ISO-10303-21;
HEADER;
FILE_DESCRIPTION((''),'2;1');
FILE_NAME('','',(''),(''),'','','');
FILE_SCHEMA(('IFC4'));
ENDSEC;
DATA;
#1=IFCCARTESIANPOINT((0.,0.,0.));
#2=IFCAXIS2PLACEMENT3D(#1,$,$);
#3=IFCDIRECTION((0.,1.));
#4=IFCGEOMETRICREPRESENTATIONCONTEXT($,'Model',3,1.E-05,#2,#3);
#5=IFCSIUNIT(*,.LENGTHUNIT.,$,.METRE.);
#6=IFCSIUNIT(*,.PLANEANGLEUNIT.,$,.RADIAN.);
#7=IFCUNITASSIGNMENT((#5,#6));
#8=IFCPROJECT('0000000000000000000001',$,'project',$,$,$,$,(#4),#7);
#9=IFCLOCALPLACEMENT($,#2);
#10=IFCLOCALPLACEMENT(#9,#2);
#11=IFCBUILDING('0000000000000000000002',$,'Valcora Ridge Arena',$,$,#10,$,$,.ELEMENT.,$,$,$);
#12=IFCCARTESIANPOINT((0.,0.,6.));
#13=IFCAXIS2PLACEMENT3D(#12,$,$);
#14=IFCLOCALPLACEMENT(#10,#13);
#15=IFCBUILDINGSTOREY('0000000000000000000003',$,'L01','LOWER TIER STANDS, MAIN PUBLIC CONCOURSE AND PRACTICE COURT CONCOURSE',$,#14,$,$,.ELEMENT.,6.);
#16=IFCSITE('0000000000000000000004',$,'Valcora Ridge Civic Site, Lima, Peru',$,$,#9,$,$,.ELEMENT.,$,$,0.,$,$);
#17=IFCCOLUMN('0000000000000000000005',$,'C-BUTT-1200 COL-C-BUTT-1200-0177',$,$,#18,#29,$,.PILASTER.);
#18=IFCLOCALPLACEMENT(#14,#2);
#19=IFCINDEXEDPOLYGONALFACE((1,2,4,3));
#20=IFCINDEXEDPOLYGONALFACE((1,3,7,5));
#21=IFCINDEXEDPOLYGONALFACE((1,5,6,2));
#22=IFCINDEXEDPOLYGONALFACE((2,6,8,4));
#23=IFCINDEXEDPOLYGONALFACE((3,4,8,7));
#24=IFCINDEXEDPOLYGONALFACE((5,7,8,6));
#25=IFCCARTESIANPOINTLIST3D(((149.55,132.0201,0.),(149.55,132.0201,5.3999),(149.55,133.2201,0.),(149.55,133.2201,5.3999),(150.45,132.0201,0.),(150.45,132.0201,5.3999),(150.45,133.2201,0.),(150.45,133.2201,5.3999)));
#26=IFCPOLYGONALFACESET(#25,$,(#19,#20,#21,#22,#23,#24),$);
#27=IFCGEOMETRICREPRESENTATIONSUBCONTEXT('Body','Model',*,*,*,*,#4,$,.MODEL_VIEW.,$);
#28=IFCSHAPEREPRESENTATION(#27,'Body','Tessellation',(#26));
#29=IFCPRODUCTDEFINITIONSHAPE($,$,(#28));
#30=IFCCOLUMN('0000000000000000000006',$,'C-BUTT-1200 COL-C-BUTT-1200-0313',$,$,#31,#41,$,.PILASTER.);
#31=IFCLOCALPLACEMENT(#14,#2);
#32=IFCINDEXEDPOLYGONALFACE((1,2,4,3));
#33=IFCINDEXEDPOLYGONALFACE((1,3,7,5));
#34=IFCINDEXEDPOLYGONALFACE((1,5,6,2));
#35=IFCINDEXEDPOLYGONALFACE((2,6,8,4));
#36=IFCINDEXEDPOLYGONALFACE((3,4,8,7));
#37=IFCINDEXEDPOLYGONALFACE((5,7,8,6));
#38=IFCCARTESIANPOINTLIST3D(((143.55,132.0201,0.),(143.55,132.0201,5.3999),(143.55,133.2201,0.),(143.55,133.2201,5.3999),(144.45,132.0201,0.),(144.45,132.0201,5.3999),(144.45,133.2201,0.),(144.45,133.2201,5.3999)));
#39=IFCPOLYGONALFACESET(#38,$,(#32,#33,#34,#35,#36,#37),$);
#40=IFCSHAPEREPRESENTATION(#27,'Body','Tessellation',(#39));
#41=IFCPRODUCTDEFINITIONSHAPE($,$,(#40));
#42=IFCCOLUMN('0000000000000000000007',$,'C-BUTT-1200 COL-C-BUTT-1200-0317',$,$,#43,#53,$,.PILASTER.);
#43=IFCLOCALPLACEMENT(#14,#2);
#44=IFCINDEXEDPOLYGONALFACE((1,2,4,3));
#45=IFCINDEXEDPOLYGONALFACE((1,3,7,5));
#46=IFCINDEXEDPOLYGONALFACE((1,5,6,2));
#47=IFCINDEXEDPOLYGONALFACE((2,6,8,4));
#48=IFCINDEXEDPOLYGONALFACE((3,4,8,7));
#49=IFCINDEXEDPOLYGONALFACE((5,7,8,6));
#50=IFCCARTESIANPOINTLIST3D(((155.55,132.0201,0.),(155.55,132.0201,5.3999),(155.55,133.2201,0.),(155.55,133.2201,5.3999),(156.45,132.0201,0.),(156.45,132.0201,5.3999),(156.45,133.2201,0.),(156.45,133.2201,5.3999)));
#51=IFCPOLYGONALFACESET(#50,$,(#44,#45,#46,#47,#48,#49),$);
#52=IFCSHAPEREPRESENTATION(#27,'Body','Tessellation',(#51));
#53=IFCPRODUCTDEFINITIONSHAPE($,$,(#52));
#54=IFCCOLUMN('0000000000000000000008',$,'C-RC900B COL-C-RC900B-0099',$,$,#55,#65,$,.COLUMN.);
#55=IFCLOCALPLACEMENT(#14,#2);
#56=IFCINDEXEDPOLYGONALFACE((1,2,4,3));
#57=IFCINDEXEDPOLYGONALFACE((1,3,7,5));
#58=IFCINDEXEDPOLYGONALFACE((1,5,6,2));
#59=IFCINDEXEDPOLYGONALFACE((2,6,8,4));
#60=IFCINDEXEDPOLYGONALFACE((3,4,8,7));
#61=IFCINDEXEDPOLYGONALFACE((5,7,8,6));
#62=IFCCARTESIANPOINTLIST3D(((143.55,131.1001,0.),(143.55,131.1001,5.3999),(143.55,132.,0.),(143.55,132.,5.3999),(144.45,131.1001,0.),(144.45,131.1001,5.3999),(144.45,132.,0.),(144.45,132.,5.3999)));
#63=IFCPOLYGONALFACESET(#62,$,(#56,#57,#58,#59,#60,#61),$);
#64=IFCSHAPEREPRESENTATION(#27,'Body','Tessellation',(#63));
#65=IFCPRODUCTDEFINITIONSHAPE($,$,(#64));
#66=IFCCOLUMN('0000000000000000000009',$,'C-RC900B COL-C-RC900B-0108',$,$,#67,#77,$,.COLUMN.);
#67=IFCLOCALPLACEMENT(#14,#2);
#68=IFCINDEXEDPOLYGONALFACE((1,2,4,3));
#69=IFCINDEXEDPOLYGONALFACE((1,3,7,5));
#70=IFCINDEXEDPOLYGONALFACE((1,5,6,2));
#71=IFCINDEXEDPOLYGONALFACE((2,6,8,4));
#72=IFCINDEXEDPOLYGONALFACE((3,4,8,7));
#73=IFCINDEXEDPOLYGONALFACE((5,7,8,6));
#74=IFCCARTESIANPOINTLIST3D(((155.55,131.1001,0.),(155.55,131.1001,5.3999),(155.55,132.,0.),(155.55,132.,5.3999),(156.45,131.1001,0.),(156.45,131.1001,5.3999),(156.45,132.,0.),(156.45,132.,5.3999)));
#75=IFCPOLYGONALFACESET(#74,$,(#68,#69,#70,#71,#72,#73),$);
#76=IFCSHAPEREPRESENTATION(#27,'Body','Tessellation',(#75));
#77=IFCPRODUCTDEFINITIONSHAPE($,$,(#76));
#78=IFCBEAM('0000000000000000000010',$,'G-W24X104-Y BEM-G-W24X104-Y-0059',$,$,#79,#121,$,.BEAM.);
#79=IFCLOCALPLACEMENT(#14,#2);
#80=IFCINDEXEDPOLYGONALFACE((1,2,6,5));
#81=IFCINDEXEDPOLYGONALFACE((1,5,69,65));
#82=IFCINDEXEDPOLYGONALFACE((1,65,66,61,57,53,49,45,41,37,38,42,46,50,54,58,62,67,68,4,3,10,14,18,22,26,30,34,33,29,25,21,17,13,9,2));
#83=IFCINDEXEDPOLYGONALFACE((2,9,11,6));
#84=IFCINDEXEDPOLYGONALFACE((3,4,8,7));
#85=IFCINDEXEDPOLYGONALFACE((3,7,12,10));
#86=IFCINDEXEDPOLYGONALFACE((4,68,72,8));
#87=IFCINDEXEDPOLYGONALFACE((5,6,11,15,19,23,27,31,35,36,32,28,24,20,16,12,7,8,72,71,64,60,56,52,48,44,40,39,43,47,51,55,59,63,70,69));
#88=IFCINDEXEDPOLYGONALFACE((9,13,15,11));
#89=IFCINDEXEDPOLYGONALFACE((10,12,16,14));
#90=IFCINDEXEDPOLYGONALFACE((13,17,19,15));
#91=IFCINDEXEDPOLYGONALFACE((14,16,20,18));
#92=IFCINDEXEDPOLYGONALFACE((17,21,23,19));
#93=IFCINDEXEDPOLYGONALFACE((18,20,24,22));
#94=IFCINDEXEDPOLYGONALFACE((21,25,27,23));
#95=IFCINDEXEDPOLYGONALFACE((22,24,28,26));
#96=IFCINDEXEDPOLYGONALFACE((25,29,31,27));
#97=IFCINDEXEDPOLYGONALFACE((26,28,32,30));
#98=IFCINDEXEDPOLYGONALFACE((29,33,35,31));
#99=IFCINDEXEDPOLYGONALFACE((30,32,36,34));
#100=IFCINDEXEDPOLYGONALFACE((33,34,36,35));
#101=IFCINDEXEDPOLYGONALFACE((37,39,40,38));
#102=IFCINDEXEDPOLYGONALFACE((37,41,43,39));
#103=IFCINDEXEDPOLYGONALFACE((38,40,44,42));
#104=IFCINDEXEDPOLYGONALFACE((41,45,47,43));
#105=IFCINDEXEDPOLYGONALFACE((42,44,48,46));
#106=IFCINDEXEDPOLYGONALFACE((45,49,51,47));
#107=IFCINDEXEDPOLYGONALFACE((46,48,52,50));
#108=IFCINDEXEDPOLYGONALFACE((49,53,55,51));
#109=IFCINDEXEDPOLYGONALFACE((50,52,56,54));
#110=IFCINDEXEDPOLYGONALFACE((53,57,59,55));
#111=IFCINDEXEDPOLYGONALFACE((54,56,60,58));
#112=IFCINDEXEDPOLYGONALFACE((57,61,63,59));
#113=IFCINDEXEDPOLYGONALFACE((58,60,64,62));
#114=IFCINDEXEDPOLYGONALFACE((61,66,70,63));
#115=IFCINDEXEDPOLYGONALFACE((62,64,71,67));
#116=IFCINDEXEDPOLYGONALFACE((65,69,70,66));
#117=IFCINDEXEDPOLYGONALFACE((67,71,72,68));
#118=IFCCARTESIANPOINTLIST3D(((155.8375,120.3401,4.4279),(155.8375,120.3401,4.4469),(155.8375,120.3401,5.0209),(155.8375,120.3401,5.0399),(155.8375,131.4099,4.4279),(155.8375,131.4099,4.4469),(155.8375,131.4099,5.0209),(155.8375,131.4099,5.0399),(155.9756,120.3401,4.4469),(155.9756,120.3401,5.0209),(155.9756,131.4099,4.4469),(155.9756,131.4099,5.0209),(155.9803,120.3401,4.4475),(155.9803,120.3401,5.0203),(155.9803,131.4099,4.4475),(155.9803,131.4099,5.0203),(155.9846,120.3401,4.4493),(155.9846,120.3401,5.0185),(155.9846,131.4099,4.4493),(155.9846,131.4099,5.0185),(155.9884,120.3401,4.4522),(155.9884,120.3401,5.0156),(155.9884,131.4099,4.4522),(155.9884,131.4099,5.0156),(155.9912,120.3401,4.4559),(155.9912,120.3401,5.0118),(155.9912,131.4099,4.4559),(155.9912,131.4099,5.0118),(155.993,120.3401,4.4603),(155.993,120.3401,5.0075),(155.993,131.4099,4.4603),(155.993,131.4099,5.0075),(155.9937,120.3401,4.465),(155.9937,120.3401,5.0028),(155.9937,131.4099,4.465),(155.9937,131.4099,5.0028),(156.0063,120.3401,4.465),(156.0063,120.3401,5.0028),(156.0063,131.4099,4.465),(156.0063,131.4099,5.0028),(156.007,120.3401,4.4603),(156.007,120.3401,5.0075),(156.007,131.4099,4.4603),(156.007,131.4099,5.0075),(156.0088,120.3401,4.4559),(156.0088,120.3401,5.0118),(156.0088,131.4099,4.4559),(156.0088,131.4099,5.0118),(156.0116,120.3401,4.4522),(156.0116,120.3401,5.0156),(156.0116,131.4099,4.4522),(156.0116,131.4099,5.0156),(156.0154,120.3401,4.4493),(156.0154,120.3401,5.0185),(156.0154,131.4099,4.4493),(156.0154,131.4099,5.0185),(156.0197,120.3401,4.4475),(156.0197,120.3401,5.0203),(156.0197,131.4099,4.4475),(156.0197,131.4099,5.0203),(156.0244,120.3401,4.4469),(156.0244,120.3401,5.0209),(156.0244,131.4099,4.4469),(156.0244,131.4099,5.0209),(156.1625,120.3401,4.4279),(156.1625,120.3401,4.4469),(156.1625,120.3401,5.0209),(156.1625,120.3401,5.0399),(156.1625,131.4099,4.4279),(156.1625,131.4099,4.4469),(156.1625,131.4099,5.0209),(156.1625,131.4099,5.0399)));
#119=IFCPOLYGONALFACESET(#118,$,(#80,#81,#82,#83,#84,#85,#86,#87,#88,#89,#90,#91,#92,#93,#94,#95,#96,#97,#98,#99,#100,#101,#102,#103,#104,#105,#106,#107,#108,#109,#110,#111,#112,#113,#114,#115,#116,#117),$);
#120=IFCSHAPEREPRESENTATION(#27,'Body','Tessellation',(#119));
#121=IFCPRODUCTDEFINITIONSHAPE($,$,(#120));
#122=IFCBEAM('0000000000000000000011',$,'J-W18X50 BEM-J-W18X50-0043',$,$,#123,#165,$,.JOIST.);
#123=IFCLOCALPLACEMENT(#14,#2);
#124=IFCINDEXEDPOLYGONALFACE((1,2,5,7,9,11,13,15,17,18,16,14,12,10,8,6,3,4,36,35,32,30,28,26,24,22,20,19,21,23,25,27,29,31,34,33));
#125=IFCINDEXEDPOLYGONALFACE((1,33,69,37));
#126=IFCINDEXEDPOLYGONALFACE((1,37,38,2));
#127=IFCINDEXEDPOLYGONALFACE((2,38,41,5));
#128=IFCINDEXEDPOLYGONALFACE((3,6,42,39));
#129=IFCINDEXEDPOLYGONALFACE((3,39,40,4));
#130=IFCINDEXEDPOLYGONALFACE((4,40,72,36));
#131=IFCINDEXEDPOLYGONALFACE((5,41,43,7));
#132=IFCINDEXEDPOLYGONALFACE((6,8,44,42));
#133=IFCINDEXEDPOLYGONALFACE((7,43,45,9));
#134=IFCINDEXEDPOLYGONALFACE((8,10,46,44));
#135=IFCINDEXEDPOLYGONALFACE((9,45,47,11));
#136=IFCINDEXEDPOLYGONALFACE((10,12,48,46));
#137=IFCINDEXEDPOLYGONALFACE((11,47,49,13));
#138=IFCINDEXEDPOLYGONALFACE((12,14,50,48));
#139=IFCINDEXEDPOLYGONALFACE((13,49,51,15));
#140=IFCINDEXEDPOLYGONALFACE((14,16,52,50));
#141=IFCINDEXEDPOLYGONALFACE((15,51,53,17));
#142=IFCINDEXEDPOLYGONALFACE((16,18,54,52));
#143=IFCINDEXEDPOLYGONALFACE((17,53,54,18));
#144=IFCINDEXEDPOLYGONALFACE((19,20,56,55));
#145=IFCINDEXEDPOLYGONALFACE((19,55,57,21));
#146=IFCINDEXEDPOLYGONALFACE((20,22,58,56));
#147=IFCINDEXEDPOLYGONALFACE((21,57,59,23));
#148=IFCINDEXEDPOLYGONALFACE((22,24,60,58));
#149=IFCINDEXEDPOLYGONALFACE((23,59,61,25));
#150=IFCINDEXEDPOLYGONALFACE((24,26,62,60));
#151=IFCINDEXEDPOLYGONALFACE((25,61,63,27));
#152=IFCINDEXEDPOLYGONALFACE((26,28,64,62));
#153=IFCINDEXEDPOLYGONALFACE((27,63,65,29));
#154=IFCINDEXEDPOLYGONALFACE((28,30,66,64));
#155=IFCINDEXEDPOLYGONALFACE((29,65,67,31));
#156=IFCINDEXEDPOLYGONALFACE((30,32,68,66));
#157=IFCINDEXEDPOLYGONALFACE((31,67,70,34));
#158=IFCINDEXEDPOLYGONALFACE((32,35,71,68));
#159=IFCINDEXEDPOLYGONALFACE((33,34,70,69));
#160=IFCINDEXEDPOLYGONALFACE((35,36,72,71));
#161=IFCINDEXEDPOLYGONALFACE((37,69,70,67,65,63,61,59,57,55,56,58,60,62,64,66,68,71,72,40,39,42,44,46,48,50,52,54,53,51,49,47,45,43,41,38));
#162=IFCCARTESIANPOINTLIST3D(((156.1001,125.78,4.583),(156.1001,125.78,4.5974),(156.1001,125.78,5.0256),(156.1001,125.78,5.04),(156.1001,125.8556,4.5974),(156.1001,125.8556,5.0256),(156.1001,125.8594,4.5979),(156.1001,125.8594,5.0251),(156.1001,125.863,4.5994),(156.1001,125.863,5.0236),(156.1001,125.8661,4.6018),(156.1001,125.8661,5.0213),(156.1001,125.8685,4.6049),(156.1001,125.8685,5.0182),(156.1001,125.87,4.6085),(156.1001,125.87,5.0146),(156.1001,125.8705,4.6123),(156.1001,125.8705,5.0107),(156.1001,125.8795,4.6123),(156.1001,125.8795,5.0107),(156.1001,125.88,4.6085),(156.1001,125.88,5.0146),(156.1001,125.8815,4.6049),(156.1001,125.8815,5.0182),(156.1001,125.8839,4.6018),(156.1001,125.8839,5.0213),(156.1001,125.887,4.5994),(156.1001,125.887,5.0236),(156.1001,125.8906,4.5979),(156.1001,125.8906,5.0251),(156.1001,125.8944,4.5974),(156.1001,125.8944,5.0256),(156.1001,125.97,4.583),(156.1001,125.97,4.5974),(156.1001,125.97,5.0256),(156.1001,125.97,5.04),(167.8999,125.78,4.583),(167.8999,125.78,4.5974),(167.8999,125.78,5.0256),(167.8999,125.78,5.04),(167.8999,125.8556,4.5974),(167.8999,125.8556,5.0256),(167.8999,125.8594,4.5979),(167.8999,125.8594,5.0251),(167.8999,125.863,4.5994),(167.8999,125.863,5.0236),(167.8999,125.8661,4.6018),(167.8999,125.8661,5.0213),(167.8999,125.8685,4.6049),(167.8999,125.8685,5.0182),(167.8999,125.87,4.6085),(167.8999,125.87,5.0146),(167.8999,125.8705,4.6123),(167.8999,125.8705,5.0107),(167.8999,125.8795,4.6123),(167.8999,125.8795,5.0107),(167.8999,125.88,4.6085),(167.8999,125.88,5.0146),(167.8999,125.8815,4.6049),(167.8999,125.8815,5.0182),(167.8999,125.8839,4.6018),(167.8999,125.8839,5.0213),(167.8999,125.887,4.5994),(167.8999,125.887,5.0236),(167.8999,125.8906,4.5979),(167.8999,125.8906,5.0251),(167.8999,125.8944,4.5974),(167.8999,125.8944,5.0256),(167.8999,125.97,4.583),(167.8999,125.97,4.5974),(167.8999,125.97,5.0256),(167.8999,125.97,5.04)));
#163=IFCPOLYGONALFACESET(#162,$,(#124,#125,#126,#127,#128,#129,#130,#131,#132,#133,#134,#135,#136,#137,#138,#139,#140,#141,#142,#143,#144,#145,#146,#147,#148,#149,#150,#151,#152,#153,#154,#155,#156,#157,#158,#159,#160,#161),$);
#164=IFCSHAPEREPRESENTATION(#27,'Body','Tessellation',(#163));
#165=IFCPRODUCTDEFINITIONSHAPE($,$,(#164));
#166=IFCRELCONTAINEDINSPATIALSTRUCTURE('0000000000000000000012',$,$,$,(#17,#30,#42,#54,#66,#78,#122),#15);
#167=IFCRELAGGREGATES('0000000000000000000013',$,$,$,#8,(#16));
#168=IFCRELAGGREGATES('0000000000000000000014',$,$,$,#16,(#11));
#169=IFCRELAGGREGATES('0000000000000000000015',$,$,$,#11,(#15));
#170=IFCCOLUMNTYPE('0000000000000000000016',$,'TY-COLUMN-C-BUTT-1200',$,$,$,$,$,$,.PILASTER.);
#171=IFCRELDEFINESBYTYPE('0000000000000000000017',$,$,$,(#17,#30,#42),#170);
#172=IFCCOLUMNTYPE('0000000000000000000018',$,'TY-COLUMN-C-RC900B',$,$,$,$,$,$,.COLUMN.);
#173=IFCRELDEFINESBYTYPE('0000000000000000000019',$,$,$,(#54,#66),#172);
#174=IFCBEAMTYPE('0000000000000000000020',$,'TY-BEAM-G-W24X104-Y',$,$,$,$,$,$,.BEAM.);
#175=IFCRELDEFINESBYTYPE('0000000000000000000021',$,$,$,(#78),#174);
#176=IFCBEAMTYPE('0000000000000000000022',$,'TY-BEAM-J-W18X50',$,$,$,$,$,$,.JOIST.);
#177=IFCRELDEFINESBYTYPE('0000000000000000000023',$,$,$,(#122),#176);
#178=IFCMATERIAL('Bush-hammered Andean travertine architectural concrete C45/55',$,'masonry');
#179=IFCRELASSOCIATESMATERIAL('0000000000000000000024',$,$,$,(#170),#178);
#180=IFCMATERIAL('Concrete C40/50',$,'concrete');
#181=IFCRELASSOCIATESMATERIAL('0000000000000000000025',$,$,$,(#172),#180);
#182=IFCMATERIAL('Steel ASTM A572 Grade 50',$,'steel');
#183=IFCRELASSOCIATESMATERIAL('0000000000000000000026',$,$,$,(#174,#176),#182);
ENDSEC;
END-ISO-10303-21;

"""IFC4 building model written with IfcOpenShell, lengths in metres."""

from ifc_helpers import new_model, si_unit, direction, frame, origin, origin_2d, place, context, subcontext, project, spatial, rectangle, i_section, extrude, material, material_profile, profile_set, type_object, element, save


model = new_model("IFC4")

# Units and contexts
model_context = context("Model", 3, precision=1e-05, world=origin(), true_north=direction((0.0, 1.0)))
body_context = subcontext(model_context, "Body", "Model", "MODEL_VIEW")
ifc_project = project(units=[si_unit("LENGTHUNIT", "METRE"), si_unit("PLANEANGLEUNIT", "RADIAN")], contexts=[model_context])

# Site, building, storey
site_placement = place(None, origin())
site = spatial("IfcSite", under=ifc_project, at=site_placement, Name="Valcora Ridge Civic Site, Lima, Peru", CompositionType="ELEMENT", RefElevation=0.0)
building_placement = place(site_placement, origin())
building = spatial("IfcBuilding", under=site, at=building_placement, Name="Valcora Ridge Arena", CompositionType="ELEMENT")
storey_placement = place(building_placement, frame((0.0, 0.0, 6.0)))
storey = spatial("IfcBuildingStorey", under=building, at=storey_placement, Name="L01", Description="LOWER TIER STANDS, MAIN PUBLIC CONCOURSE AND PRACTICE COURT CONCOURSE", CompositionType="ELEMENT", Elevation=6.0)

# Columns
ifc_material_1 = material(Name="Bush-hammered Andean travertine architectural concrete C45/55", Category="masonry")
ifc_material_profile_1 = material_profile(ifc_material_1, rectangle(XDim=0.8999, YDim=1.2, at=origin_2d()), Name="RC 900x1200")
ifc_profile_set_1 = profile_set([ifc_material_profile_1], Name="Bush-hammered Andean travertine architectural concrete C45/55")
column_type_1 = type_object("IfcColumnType", Name="TY-COLUMN-C-BUTT-1200", PredefinedType="PILASTER", material=ifc_profile_set_1)
for number, where, z_axis, x_axis, name in (
    (1, (150.0, 132.6201, 0.0), (0.0, 0.0, 1.0), (1.0, 0.0, 0.0), "C-BUTT-1200 COL-C-BUTT-1200-0177"),
    (2, (144.0, 132.6201, 0.0), (0.0, 0.0, 1.0), (1.0, 0.0, 0.0), "C-BUTT-1200 COL-C-BUTT-1200-0313"),
    (3, (156.0, 132.6201, 0.0), (0.0, 0.0, 1.0), (1.0, 0.0, 0.0), "C-BUTT-1200 COL-C-BUTT-1200-0317"),
):
    element("IfcColumn", number, at=place(storey_placement, frame(where, z_axis=z_axis, x_axis=x_axis)), inside=storey, type_object=column_type_1, Name=name, PredefinedType="PILASTER", context=body_context, shape_type="SweptSolid", body=[
        extrude(rectangle(XDim=0.8999, YDim=1.2, at=origin_2d()), origin(), (0.0, 0.0, 1.0), 5.3999),
    ])
ifc_material_2 = material(Name="Concrete C40/50", Category="concrete")
ifc_material_profile_2 = material_profile(ifc_material_2, rectangle(XDim=0.8999, YDim=0.8999, at=origin_2d()), Name="RC 900x900")
ifc_profile_set_2 = profile_set([ifc_material_profile_2], Name="Concrete C40/50")
column_type_2 = type_object("IfcColumnType", Name="TY-COLUMN-C-RC900B", PredefinedType="COLUMN", material=ifc_profile_set_2)
for number, where, z_axis, x_axis, name in (
    (4, (144.0, 131.55, 0.0), (0.0, 0.0, 1.0), (1.0, 0.0, 0.0), "C-RC900B COL-C-RC900B-0099"),
    (5, (156.0, 131.55, 0.0), (0.0, 0.0, 1.0), (1.0, 0.0, 0.0), "C-RC900B COL-C-RC900B-0108"),
):
    element("IfcColumn", number, at=place(storey_placement, frame(where, z_axis=z_axis, x_axis=x_axis)), inside=storey, type_object=column_type_2, Name=name, PredefinedType="COLUMN", context=body_context, shape_type="SweptSolid", body=[
        extrude(rectangle(XDim=0.8999, YDim=0.8999, at=origin_2d()), origin(), (0.0, 0.0, 1.0), 5.3999),
    ])

# Beams
ifc_material_3 = material(Name="Steel ASTM A572 Grade 50", Category="steel")
ifc_material_profile_3 = material_profile(ifc_material_3, i_section(OverallWidth=0.325, OverallDepth=0.6121, WebThickness=0.0127, FlangeThickness=0.019, FilletRadius=0.0181, at=origin_2d()), Name="W24X104")
ifc_profile_set_3 = profile_set([ifc_material_profile_3], Name="Steel ASTM A572 Grade 50")
beam_type_1 = type_object("IfcBeamType", Name="TY-BEAM-G-W24X104-Y", PredefinedType="BEAM", material=ifc_profile_set_3)
beam_1_placement = place(storey_placement, frame((156.0, 120.3401, 4.7339), z_axis=(0.0, 1.0, 0.0), x_axis=(-1.0, 0.0, 0.0)))
element("IfcBeam", 6, at=beam_1_placement, inside=storey, type_object=beam_type_1, Name="G-W24X104-Y BEM-G-W24X104-Y-0059", PredefinedType="BEAM", context=body_context, shape_type="SweptSolid", body=[
    extrude(i_section(OverallWidth=0.325, OverallDepth=0.6121, WebThickness=0.0127, FlangeThickness=0.019, FilletRadius=0.0181, at=origin_2d()), origin(), (0.0, 0.0, 1.0), 11.0698),
])
ifc_material_profile_4 = material_profile(ifc_material_3, i_section(OverallWidth=0.1899, OverallDepth=0.457, WebThickness=0.009, FlangeThickness=0.0144, FilletRadius=0.0149, at=origin_2d()), Name="W18X50")
ifc_profile_set_4 = profile_set([ifc_material_profile_4], Name="Steel ASTM A572 Grade 50")
beam_type_2 = type_object("IfcBeamType", Name="TY-BEAM-J-W18X50", PredefinedType="JOIST", material=ifc_profile_set_4)
beam_2_placement = place(storey_placement, frame((156.1001, 125.875, 4.8115), z_axis=(1.0, 0.0, 0.0), x_axis=(0.0, 1.0, 0.0)))
element("IfcBeam", 7, at=beam_2_placement, inside=storey, type_object=beam_type_2, Name="J-W18X50 BEM-J-W18X50-0043", PredefinedType="JOIST", context=body_context, shape_type="SweptSolid", body=[
    extrude(i_section(OverallWidth=0.1899, OverallDepth=0.457, WebThickness=0.009, FlangeThickness=0.0144, FilletRadius=0.0149, at=origin_2d()), origin(), (0.0, 0.0, 1.0), 11.7998),
])

save(model, "model.ifc")
